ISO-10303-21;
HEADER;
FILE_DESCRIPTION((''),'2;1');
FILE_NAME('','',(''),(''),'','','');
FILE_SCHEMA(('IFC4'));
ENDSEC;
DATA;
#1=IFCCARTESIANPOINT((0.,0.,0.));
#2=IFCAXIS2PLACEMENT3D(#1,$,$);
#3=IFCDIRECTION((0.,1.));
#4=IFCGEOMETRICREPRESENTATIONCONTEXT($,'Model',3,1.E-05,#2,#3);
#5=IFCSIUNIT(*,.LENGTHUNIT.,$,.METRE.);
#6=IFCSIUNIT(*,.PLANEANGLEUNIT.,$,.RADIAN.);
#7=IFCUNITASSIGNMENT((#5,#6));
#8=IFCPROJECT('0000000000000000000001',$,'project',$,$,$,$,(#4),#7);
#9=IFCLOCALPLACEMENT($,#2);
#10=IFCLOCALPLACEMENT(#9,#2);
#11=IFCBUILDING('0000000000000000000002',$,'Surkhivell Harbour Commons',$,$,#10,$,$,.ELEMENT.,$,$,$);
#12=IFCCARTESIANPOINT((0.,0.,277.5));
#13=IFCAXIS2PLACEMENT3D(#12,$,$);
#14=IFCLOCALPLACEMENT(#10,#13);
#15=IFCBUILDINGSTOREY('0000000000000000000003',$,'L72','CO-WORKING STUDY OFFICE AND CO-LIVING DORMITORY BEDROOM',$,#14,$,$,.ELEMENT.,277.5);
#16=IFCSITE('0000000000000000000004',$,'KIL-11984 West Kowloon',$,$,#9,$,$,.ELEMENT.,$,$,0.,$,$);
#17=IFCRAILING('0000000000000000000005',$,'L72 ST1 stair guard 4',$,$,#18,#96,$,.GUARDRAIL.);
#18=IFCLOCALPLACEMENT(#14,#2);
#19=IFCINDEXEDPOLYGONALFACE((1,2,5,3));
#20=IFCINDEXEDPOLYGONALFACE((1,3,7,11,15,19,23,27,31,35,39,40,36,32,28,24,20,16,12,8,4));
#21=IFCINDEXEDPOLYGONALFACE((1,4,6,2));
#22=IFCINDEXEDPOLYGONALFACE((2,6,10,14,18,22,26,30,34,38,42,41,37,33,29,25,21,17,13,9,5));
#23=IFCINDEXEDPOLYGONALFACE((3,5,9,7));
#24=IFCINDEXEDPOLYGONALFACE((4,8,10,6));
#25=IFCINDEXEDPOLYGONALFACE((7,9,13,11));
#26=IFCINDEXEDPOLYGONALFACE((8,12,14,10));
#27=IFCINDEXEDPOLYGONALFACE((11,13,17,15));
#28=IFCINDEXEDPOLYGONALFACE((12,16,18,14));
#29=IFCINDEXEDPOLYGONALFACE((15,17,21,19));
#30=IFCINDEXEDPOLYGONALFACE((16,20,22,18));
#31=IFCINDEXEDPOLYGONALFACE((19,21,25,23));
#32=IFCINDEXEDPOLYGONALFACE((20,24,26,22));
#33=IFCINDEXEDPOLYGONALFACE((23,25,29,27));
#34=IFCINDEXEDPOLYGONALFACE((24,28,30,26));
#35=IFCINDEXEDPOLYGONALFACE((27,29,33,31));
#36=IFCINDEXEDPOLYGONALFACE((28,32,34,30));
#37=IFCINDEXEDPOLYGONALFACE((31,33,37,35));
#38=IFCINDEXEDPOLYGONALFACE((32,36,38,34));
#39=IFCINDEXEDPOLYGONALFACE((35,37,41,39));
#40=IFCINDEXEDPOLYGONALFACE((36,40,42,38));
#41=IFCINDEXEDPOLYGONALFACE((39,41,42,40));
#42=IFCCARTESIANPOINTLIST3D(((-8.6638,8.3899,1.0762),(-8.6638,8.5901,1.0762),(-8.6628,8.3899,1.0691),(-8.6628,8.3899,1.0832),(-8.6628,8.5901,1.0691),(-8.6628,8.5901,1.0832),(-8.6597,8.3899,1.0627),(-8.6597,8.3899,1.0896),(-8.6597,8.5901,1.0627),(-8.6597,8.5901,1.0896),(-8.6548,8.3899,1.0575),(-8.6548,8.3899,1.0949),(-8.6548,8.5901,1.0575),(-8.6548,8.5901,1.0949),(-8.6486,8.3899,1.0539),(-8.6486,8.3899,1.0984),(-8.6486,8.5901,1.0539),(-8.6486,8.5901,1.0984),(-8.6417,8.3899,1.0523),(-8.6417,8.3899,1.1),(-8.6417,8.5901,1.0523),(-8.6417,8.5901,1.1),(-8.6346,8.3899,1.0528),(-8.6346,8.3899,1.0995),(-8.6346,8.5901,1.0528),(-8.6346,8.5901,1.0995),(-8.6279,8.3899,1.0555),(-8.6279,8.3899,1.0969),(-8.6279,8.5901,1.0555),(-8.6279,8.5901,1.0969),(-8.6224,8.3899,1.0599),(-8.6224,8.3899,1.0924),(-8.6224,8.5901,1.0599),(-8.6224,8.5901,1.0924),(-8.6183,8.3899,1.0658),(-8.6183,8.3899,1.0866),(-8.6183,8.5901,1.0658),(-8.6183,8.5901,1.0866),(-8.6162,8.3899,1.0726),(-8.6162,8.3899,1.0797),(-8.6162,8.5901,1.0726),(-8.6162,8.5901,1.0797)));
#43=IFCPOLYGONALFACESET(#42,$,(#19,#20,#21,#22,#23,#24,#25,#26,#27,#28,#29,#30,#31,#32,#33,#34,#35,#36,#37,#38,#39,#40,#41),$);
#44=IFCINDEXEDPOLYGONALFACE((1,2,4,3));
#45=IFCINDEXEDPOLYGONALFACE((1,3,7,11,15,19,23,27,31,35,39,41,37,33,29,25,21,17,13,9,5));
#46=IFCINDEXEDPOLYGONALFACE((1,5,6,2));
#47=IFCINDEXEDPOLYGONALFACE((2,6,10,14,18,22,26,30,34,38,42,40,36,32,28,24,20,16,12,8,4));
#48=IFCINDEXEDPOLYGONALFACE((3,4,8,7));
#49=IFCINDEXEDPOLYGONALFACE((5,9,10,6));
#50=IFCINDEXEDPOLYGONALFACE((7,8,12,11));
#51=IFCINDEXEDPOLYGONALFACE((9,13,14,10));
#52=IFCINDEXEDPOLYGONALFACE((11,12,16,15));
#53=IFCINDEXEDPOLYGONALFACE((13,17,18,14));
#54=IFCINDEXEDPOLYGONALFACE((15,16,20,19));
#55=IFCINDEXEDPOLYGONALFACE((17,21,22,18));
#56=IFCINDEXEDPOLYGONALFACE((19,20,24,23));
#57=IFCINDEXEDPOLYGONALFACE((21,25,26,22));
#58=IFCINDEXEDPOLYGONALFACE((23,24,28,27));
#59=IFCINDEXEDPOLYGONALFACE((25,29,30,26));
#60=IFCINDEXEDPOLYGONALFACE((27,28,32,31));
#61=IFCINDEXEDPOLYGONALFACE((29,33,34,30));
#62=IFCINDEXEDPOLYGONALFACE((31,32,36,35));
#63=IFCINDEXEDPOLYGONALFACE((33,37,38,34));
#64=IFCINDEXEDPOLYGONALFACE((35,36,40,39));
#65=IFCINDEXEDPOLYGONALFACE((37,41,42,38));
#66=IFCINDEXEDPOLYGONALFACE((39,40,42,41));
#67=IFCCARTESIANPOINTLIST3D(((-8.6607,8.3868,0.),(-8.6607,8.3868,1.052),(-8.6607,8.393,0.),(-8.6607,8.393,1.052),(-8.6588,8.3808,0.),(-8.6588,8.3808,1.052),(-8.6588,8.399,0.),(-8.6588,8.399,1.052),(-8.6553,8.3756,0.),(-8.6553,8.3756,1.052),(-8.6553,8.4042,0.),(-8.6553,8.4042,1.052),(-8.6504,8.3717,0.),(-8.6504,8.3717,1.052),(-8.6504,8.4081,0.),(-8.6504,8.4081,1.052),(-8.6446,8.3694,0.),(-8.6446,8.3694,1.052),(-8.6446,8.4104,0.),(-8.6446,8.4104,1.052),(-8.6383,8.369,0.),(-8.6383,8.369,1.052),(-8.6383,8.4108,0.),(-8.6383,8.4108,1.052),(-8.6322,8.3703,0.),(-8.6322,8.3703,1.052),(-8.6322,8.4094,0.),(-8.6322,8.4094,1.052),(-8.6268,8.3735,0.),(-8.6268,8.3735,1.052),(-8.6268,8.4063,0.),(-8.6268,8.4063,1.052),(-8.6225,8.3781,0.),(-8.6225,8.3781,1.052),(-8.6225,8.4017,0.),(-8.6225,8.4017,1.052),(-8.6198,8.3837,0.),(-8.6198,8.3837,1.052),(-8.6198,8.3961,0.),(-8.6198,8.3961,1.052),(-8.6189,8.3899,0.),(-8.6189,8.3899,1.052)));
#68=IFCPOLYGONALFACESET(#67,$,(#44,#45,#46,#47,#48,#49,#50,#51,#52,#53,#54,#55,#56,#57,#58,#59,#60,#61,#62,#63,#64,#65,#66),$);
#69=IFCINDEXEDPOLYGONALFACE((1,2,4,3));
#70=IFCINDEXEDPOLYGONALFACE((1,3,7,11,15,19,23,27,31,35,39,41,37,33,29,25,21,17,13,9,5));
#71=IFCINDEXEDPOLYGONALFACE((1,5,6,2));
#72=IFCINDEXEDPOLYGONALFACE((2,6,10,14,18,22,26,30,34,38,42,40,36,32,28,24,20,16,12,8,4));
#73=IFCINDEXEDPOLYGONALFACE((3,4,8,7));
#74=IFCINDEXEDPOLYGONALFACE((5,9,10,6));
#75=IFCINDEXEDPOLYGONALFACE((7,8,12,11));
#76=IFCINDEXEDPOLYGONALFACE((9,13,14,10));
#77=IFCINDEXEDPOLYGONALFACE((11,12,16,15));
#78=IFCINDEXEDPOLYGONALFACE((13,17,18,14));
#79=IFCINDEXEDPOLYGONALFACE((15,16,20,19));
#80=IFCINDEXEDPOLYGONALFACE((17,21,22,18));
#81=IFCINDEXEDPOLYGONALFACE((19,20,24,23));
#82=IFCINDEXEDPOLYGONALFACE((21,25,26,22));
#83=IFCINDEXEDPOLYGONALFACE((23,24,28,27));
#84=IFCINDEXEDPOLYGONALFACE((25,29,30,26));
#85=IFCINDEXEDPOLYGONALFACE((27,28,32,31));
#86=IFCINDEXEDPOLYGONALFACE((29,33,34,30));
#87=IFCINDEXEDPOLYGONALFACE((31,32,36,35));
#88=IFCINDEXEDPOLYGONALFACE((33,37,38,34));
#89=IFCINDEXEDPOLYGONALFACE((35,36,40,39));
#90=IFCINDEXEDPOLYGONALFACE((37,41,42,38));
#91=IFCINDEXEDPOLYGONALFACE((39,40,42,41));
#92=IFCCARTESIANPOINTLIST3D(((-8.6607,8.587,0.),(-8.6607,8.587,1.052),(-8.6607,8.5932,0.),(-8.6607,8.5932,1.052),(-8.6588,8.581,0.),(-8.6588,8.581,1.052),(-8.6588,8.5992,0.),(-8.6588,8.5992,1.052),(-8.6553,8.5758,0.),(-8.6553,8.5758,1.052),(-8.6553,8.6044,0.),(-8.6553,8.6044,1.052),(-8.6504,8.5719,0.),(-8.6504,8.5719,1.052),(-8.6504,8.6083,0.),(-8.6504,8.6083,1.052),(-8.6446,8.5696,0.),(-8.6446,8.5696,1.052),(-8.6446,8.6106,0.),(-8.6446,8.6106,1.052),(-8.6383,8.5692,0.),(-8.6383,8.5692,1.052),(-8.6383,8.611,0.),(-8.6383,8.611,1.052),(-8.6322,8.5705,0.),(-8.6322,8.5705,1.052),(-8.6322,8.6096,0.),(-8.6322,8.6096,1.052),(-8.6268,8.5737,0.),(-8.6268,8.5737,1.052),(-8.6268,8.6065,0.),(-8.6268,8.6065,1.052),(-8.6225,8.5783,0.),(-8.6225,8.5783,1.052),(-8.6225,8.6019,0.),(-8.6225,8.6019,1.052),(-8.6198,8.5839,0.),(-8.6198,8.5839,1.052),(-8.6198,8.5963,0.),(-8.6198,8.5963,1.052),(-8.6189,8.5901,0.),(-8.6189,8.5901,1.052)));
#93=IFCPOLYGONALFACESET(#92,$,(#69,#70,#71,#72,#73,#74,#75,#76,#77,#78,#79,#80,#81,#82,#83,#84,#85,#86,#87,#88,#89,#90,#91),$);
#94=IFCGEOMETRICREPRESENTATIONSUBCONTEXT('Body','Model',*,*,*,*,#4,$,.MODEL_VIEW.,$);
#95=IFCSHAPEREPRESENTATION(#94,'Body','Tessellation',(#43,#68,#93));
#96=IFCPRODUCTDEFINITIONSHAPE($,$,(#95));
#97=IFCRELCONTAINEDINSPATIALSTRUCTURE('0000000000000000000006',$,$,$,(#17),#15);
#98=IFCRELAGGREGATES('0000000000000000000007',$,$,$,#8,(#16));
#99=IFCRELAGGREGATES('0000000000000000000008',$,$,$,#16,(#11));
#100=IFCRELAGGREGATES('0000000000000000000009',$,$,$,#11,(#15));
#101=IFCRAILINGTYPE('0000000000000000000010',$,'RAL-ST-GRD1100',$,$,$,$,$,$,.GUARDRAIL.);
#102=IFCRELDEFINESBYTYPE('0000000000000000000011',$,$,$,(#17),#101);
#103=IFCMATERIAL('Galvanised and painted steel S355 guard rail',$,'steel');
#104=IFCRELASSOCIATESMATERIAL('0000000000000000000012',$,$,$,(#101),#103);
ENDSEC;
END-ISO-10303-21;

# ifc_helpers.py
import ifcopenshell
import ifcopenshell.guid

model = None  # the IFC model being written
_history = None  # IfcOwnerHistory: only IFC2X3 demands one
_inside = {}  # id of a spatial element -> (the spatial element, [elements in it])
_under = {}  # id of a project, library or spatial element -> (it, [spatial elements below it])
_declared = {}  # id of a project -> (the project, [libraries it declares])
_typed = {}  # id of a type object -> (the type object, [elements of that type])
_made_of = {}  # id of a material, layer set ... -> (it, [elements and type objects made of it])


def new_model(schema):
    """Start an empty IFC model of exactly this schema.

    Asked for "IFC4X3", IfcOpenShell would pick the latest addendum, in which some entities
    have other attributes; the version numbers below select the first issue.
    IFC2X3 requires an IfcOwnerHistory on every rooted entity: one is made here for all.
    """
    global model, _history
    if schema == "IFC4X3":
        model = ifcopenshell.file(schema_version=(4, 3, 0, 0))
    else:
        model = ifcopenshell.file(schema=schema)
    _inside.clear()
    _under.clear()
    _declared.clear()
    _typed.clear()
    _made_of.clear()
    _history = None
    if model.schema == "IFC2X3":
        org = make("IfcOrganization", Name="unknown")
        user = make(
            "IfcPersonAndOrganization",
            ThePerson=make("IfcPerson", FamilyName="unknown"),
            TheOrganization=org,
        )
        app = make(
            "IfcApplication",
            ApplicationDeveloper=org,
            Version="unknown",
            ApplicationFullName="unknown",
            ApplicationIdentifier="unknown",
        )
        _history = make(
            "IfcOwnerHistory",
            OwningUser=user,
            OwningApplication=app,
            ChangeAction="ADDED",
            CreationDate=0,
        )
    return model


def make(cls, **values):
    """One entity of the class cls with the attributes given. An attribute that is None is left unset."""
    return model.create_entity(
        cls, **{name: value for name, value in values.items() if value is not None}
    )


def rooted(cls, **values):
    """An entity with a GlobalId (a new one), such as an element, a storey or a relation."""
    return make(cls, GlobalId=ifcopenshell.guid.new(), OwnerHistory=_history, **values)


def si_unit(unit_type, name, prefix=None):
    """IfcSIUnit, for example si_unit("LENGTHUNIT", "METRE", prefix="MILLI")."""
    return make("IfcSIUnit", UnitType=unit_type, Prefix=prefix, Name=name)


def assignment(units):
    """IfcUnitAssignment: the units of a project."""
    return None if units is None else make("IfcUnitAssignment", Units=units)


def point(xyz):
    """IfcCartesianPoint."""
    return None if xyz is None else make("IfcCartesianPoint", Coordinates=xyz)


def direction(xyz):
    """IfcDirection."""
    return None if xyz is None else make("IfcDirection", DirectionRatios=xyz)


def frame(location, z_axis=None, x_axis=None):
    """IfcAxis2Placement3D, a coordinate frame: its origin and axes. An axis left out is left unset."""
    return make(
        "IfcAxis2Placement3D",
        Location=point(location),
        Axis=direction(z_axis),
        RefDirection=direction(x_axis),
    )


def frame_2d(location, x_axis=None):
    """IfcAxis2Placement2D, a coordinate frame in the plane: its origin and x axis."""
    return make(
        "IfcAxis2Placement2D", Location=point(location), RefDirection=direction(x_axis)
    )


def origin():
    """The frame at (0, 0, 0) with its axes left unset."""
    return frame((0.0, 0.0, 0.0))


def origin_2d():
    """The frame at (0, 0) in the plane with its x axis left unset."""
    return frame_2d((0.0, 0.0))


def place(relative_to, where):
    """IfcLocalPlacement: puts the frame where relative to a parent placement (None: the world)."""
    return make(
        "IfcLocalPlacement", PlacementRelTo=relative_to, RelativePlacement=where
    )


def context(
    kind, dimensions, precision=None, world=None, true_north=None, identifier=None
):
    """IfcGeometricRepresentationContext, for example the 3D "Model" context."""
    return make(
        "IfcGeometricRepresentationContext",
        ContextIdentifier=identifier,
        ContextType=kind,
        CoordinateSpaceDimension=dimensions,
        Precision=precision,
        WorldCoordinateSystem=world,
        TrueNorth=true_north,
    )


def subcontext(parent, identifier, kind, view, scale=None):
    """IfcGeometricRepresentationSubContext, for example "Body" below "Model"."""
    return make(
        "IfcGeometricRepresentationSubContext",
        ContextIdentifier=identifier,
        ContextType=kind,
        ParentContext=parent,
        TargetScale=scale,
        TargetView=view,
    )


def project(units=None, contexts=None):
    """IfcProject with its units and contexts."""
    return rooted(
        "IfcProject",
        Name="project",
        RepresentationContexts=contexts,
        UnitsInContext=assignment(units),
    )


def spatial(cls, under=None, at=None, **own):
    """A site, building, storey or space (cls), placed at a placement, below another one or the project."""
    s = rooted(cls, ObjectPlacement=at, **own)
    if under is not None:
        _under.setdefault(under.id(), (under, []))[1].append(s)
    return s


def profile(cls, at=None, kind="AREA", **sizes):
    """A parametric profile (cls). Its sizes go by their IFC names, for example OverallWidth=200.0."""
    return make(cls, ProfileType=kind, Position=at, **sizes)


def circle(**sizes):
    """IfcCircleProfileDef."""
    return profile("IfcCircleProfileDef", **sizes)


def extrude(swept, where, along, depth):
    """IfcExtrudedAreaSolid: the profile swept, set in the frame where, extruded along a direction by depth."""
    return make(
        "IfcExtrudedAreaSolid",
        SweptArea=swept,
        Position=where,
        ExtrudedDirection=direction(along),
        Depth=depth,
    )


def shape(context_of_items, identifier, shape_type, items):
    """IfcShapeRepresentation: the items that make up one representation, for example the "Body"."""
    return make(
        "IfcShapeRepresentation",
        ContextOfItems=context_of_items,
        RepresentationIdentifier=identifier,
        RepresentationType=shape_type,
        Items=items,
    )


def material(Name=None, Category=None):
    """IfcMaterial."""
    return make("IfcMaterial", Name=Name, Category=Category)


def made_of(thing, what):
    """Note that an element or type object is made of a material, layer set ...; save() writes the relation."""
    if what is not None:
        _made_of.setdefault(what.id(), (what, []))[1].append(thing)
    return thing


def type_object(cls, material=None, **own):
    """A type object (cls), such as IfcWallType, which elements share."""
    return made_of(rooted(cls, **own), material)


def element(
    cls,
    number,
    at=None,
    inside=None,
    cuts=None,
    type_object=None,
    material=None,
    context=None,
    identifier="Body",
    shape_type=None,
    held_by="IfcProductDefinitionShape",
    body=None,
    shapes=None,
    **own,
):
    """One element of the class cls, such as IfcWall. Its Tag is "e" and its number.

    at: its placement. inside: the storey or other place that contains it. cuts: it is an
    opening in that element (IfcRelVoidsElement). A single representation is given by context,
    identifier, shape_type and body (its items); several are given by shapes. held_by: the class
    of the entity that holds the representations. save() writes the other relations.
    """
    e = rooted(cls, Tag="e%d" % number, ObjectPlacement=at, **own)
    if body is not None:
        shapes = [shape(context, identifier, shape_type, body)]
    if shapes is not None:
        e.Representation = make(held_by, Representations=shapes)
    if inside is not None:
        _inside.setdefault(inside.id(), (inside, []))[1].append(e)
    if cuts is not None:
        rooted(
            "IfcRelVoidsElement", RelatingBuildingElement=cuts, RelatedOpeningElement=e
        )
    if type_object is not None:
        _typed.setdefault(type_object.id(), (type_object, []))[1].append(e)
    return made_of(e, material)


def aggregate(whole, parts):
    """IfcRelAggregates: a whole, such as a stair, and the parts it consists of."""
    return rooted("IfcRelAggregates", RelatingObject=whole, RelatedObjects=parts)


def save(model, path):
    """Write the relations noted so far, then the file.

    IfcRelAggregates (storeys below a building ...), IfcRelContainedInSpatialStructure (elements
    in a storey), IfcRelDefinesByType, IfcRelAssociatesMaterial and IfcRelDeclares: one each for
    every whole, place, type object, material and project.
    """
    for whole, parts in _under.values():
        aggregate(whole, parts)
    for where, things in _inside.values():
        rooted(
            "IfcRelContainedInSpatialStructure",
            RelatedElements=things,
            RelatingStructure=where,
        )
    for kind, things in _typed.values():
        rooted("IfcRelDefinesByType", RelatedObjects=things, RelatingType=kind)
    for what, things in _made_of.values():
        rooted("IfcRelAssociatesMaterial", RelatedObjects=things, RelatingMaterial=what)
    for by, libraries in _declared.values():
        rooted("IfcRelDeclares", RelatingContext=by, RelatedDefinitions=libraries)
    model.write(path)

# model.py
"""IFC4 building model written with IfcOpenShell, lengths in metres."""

from ifc_helpers import new_model, si_unit, direction, frame, origin, origin_2d, place, context, subcontext, project, spatial, circle, extrude, material, type_object, element, save


model = new_model("IFC4")

# Units and contexts
model_context = context("Model", 3, precision=1e-05, world=origin(), true_north=direction((0.0, 1.0)))
body_context = subcontext(model_context, "Body", "Model", "MODEL_VIEW")
ifc_project = project(units=[si_unit("LENGTHUNIT", "METRE"), si_unit("PLANEANGLEUNIT", "RADIAN")], contexts=[model_context])

# Site, building, storey
site_placement = place(None, origin())
site = spatial("IfcSite", under=ifc_project, at=site_placement, Name="KIL-11984 West Kowloon", CompositionType="ELEMENT", RefElevation=0.0)
building_placement = place(site_placement, origin())
building = spatial("IfcBuilding", under=site, at=building_placement, Name="Surkhivell Harbour Commons", CompositionType="ELEMENT")
storey_placement = place(building_placement, frame((0.0, 0.0, 277.5)))
storey = spatial("IfcBuildingStorey", under=building, at=storey_placement, Name="L72", Description="CO-WORKING STUDY OFFICE AND CO-LIVING DORMITORY BEDROOM", CompositionType="ELEMENT", Elevation=277.5)

# Railing
ifc_material_1 = material(Name="Galvanised and painted steel S355 guard rail", Category="steel")
railing_type_1 = type_object("IfcRailingType", Name="RAL-ST-GRD1100", PredefinedType="GUARDRAIL", material=ifc_material_1)
railing_1_placement = place(storey_placement, frame((-8.6399, 8.3899, 0.0)))
element("IfcRailing", 1, at=railing_1_placement, inside=storey, type_object=railing_type_1, Name="L72 ST1 stair guard 4", PredefinedType="GUARDRAIL", context=body_context, shape_type="SweptSolid", body=[
    extrude(circle(Radius=0.0239, at=origin_2d()), frame((0.0, 0.0, 1.0762), z_axis=(0.0, 1.0, 0.0), x_axis=(-1.0, 0.0, 0.0)), (0.0, 0.0, 1.0), 0.2002),
    extrude(circle(Radius=0.021, at=origin_2d()), origin(), (0.0, 0.0, 1.0), 1.052),
    extrude(circle(Radius=0.021, at=origin_2d()), frame((0.0, 0.2002, 0.0)), (0.0, 0.0, 1.0), 1.052),
])

save(model, "model.ifc")
